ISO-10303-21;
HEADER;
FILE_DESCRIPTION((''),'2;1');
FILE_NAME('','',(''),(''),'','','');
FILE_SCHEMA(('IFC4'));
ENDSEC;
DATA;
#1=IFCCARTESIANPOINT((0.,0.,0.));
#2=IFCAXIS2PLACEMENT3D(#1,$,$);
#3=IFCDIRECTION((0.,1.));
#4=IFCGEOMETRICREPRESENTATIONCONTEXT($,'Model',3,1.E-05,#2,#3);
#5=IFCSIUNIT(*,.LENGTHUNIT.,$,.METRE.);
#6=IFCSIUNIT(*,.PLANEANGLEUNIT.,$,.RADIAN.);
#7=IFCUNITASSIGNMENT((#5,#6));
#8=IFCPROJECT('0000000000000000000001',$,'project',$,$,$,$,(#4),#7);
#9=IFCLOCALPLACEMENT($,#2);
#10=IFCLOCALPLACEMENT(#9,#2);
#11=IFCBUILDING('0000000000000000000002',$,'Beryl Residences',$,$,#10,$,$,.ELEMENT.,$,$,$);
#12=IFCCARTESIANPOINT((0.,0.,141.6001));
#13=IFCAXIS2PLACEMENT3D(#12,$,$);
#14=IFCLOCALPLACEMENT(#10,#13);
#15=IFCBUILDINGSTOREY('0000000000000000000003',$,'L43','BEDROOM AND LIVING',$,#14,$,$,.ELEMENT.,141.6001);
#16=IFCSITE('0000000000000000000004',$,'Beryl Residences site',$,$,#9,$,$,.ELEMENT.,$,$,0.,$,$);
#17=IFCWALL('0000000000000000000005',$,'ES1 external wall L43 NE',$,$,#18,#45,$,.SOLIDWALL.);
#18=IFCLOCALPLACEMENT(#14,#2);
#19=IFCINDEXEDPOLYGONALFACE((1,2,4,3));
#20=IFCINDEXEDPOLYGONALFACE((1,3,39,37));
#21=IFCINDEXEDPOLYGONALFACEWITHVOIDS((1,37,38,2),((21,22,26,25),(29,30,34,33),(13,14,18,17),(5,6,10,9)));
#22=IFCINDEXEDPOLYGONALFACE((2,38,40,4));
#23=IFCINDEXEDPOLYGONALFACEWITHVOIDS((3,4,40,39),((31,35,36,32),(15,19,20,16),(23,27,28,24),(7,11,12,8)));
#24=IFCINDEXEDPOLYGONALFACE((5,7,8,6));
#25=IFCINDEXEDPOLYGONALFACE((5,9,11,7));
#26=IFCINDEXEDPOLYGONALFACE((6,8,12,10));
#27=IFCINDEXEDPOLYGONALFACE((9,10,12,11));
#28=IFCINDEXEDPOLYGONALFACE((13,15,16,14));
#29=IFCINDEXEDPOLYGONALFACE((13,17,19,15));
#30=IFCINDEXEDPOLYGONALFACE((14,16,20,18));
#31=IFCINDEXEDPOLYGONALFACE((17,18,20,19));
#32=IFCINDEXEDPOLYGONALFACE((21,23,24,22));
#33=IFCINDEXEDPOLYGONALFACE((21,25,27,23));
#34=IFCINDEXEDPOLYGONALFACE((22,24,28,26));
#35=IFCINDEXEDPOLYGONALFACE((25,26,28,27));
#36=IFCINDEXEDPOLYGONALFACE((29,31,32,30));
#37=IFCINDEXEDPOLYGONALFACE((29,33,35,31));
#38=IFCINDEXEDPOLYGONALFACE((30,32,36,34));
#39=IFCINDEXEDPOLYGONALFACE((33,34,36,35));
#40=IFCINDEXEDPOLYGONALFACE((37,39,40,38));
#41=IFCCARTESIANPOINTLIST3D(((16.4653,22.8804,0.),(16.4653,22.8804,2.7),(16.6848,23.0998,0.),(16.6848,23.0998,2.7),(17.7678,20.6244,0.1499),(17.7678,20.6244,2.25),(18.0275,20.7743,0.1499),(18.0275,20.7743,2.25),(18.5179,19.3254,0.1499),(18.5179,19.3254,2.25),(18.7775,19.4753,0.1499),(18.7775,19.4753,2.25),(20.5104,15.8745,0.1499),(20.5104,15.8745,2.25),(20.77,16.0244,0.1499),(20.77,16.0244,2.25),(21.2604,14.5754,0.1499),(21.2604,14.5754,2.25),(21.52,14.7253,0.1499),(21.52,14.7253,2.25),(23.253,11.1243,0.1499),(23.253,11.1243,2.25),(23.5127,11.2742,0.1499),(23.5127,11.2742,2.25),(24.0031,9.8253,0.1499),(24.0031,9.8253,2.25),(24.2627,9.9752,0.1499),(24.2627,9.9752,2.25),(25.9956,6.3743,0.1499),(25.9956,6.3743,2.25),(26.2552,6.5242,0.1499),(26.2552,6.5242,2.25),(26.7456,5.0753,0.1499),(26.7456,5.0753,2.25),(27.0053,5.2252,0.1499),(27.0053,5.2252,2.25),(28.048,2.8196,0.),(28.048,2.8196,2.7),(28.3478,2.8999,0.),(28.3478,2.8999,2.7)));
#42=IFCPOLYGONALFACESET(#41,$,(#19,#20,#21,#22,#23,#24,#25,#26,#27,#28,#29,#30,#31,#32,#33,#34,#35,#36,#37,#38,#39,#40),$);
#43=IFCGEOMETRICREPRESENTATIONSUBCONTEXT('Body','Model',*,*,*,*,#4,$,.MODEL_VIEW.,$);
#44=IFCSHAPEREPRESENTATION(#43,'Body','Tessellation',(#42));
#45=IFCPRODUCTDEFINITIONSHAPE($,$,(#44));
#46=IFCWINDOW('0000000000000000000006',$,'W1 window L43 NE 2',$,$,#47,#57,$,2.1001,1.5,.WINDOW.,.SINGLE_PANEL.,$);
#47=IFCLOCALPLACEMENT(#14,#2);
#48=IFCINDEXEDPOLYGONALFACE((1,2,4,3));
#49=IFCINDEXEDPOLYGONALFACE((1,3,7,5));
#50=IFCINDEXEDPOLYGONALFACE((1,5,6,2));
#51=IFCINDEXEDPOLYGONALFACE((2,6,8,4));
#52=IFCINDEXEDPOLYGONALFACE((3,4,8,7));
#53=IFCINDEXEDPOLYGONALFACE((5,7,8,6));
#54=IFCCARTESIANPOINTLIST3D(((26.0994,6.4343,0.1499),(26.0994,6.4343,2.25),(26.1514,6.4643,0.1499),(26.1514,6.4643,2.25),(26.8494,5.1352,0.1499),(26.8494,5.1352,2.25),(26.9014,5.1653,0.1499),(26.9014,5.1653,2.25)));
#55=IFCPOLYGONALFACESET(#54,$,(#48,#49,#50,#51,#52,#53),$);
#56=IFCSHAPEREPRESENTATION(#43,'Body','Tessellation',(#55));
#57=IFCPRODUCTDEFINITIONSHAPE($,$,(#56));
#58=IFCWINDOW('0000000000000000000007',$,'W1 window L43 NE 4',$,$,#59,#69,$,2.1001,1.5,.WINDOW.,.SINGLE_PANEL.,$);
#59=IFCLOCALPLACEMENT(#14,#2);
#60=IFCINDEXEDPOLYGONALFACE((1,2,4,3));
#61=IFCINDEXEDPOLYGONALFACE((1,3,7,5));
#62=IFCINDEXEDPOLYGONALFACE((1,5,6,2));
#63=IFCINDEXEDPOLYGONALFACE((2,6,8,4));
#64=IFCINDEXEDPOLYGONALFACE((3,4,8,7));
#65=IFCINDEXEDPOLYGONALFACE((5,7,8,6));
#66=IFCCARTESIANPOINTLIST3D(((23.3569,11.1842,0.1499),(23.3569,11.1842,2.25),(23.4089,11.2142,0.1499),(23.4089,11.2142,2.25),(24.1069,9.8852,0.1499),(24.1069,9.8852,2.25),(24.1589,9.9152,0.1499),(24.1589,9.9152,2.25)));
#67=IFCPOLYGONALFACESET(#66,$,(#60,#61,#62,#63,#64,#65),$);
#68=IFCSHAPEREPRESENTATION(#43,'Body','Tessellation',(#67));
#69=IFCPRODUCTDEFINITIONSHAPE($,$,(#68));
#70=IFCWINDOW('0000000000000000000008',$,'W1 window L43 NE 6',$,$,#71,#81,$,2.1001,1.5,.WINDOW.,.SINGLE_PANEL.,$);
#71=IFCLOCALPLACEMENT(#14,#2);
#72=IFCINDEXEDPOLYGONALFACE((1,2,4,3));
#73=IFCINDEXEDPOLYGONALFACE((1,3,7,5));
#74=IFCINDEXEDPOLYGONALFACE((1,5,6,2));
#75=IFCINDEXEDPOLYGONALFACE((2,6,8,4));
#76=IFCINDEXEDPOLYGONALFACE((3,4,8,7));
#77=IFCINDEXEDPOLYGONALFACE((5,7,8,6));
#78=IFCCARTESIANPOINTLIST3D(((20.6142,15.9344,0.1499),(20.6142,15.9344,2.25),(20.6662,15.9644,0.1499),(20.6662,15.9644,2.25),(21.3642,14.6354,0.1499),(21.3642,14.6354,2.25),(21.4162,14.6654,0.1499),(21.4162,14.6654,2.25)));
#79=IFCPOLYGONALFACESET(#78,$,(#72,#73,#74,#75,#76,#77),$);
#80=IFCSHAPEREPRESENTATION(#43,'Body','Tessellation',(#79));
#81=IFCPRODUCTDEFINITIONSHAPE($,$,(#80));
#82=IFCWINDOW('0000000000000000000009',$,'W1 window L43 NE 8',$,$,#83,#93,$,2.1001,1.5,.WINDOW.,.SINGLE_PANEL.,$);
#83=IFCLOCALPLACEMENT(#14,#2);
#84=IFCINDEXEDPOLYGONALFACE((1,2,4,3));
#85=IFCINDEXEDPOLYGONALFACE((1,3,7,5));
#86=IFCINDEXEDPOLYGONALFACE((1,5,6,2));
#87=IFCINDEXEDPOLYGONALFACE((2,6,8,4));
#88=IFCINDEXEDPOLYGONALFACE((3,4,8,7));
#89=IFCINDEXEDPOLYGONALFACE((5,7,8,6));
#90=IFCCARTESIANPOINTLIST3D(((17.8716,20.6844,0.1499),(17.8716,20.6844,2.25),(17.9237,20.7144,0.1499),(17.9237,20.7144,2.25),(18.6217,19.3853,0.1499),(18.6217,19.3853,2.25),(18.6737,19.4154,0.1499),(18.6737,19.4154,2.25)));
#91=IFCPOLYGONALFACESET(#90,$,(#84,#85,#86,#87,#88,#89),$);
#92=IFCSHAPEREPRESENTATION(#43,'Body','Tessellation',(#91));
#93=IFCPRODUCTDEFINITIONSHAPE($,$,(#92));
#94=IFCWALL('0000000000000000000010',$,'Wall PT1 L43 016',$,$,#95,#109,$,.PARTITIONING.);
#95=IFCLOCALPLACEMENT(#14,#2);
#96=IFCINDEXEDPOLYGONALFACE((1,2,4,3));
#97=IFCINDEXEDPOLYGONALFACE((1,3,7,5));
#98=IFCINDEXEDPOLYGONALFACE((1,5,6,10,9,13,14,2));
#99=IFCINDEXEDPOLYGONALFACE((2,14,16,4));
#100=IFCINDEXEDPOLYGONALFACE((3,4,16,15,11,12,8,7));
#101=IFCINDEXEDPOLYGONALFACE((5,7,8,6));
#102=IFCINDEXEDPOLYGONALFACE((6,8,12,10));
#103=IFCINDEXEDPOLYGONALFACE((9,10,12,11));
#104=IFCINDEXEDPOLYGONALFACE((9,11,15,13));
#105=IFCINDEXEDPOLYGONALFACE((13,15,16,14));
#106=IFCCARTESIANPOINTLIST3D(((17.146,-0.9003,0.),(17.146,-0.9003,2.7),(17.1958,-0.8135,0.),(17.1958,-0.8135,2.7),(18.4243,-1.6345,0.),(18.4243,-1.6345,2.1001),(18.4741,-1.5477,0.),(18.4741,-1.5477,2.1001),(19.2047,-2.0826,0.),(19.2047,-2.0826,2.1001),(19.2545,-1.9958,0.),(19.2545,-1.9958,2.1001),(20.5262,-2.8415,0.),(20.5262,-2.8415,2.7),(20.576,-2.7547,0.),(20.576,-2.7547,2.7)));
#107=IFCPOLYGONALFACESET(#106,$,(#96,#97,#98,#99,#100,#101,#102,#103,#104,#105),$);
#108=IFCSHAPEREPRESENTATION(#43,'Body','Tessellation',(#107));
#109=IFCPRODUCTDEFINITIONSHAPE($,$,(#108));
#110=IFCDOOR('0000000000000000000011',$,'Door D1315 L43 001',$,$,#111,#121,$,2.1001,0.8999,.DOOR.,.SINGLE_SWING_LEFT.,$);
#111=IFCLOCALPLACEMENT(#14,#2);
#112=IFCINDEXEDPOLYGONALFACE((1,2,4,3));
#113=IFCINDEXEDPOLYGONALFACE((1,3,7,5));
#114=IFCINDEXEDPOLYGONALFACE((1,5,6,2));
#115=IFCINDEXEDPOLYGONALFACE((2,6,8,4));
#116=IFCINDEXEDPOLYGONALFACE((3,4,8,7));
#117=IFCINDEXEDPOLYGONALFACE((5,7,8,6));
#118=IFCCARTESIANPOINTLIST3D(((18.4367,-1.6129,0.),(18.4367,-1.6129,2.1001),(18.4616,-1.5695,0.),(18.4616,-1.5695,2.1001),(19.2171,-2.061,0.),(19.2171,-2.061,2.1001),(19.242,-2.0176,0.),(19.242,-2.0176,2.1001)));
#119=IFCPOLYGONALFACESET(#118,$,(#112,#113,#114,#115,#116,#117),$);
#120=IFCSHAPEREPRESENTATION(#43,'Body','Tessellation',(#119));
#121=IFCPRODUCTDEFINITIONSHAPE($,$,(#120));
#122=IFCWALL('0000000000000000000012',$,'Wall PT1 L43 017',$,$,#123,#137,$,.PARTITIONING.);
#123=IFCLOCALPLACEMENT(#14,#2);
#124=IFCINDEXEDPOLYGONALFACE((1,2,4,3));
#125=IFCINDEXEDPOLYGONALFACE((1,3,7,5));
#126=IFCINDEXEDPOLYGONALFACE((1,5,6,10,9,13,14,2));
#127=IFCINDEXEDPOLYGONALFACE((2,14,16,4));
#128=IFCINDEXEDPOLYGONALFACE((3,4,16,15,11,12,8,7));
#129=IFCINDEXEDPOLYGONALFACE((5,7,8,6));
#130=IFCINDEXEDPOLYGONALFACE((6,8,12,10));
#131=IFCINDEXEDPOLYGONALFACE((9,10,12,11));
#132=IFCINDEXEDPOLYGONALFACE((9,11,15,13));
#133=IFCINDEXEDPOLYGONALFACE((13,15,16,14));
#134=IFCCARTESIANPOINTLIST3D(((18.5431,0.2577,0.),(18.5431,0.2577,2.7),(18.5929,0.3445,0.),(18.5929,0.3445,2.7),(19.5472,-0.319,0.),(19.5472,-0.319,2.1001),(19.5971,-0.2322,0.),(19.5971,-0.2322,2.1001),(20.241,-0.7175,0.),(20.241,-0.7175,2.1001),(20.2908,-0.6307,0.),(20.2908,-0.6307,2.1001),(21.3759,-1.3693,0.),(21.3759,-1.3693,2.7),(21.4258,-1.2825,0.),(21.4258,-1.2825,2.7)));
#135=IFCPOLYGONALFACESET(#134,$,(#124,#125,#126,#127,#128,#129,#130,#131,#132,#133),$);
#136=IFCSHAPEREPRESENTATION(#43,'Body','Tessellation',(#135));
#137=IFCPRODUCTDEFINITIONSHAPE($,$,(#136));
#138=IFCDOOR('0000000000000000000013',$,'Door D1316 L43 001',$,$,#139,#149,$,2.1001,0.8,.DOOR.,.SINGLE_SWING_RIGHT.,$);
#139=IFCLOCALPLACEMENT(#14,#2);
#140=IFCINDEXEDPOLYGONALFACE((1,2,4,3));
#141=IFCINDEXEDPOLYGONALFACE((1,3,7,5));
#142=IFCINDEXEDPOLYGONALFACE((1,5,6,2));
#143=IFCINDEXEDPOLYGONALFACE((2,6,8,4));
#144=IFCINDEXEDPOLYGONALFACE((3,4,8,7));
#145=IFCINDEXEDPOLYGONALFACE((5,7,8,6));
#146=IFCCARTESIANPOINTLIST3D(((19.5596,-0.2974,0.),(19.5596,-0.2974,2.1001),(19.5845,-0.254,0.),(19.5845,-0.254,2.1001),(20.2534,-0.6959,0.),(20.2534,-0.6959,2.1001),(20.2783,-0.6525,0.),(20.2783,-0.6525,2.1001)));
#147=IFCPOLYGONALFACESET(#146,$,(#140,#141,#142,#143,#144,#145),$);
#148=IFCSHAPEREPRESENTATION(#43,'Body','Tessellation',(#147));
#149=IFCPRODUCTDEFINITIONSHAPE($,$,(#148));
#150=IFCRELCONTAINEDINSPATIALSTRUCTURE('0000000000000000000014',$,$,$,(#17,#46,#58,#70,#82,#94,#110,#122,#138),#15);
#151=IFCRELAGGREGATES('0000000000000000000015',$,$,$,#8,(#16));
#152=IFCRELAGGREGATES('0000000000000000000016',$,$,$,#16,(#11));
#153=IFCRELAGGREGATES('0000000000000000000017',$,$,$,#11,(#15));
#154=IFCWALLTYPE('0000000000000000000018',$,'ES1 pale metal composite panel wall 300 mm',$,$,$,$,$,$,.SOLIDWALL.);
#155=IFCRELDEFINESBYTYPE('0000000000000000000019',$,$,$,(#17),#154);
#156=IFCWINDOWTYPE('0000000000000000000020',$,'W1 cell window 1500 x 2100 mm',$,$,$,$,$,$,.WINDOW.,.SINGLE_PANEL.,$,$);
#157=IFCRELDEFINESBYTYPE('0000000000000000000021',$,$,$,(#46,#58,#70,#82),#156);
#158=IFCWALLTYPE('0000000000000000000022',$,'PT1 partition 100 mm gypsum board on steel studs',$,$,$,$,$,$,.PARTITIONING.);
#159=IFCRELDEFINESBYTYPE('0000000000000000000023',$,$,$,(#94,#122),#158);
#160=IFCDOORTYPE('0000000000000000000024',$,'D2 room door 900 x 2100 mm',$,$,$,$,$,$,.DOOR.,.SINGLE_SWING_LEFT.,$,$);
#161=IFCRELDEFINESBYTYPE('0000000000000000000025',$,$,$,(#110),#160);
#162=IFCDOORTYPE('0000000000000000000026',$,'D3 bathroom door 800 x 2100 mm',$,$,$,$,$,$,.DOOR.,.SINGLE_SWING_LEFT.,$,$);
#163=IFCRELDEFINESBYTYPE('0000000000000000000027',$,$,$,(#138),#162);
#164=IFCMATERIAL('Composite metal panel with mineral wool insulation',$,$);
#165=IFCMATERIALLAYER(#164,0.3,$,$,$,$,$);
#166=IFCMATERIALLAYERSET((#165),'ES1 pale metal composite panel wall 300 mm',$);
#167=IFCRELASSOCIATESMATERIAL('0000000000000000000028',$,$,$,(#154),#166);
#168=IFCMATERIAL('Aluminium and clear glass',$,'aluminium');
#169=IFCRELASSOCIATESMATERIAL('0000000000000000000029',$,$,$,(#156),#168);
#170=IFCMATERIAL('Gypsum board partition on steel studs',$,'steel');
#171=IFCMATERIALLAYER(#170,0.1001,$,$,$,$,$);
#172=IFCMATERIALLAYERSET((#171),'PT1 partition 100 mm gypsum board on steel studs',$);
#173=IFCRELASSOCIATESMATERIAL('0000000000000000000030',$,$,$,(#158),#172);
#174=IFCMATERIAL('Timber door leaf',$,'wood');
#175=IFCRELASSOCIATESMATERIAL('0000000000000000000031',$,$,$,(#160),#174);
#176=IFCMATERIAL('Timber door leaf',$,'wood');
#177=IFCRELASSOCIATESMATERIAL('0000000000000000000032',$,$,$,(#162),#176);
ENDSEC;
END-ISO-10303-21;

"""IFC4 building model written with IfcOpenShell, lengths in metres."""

from ifc_helpers import new_model, si_unit, direction, frame, frame_2d, origin, place, context, subcontext, project, spatial, polyline, rectangle, outline, extrude, material, layer, layer_set, type_object, element, fill, save


model = new_model("IFC4")

# Units and contexts
model_context = context("Model", 3, precision=1e-05, world=origin(), true_north=direction((0.0, 1.0)))
body_context = subcontext(model_context, "Body", "Model", "MODEL_VIEW")
ifc_project = project(units=[si_unit("LENGTHUNIT", "METRE"), si_unit("PLANEANGLEUNIT", "RADIAN")], contexts=[model_context])

# Site, building, storey
site_placement = place(None, origin())
site = spatial("IfcSite", under=ifc_project, at=site_placement, Name="Beryl Residences site", CompositionType="ELEMENT", RefElevation=0.0)
building_placement = place(site_placement, origin())
building = spatial("IfcBuilding", under=site, at=building_placement, Name="Beryl Residences", CompositionType="ELEMENT")
storey_placement = place(building_placement, frame((0.0, 0.0, 141.6001)))
storey = spatial("IfcBuildingStorey", under=building, at=storey_placement, Name="L43", Description="BEDROOM AND LIVING", CompositionType="ELEMENT", Elevation=141.6001)

# Shared definitions
ifc_material_1 = material(Name="Composite metal panel with mineral wool insulation")
ifc_layer_1 = layer(ifc_material_1, 0.3)
ifc_layer_set_1 = layer_set([ifc_layer_1], Name="ES1 pale metal composite panel wall 300 mm")
wall_type_1 = type_object("IfcWallType", Name="ES1 pale metal composite panel wall 300 mm", PredefinedType="SOLIDWALL", material=ifc_layer_set_1)

# Wall, openings, windows
wall_1_placement = place(storey_placement, frame((28.218, 2.825, 0.0), z_axis=(0.0, 0.0, 1.0), x_axis=(-0.500021, 0.866014, 0.0)))
wall_1 = element("IfcWall", 1, at=wall_1_placement, inside=storey, type_object=wall_type_1, Name="ES1 external wall L43 NE", PredefinedType="SOLIDWALL", context=body_context, shape_type="SweptSolid", body=[
    extrude(outline(polyline([(0.0, -0.1499), (23.3252, -0.1499), (23.2449, 0.1499), (0.0803, 0.1499), (0.0, -0.1499)])), origin(), (0.0, 0.0, 1.0), 2.7),
])
opening_1_placement = place(wall_1_placement, frame((2.6851, 0.0, 0.1499)))
opening_1 = element("IfcOpeningElement", 2, at=opening_1_placement, cuts=wall_1, PredefinedType="OPENING", context=body_context, shape_type="SweptSolid", body=[
    extrude(rectangle(XDim=1.5, YDim=2.1001, at=frame_2d((0.75, 1.05))), frame((0.0, 0.1599, 0.0), z_axis=(0.0, -1.0, 0.0), x_axis=(1.0, 0.0, 0.0)), (0.0, 0.0, 1.0), 0.3201),
])
opening_2_placement = place(wall_1_placement, frame((8.1699, 0.0, 0.1499)))
opening_2 = element("IfcOpeningElement", 3, at=opening_2_placement, cuts=wall_1, PredefinedType="OPENING", context=body_context, shape_type="SweptSolid", body=[
    extrude(rectangle(XDim=1.5, YDim=2.1001, at=frame_2d((0.75, 1.05))), frame((0.0, 0.1599, 0.0), z_axis=(0.0, -1.0, 0.0), x_axis=(1.0, 0.0, 0.0)), (0.0, 0.0, 1.0), 0.3201),
])
opening_3_placement = place(wall_1_placement, frame((13.655, 0.0, 0.1499)))
opening_3 = element("IfcOpeningElement", 4, at=opening_3_placement, cuts=wall_1, PredefinedType="OPENING", context=body_context, shape_type="SweptSolid", body=[
    extrude(rectangle(XDim=1.5, YDim=2.1001, at=frame_2d((0.75, 1.05))), frame((0.0, 0.1599, 0.0), z_axis=(0.0, -1.0, 0.0), x_axis=(1.0, 0.0, 0.0)), (0.0, 0.0, 1.0), 0.3201),
])
opening_4_placement = place(wall_1_placement, frame((19.1399, 0.0, 0.1499)))
opening_4 = element("IfcOpeningElement", 5, at=opening_4_placement, cuts=wall_1, PredefinedType="OPENING", context=body_context, shape_type="SweptSolid", body=[
    extrude(rectangle(XDim=1.5, YDim=2.1001, at=frame_2d((0.75, 1.05))), frame((0.0, 0.1599, 0.0), z_axis=(0.0, -1.0, 0.0), x_axis=(1.0, 0.0, 0.0)), (0.0, 0.0, 1.0), 0.3201),
])
ifc_material_2 = material(Name="Aluminium and clear glass", Category="aluminium")
window_type_1 = type_object("IfcWindowType", Name="W1 cell window 1500 x 2100 mm", PartitioningType="SINGLE_PANEL", PredefinedType="WINDOW", material=ifc_material_2)
window_1_placement = place(opening_1_placement, origin())
window_1 = element("IfcWindow", 6, at=window_1_placement, inside=storey, type_object=window_type_1, Name="W1 window L43 NE 2", OverallHeight=2.1001, OverallWidth=1.5, PartitioningType="SINGLE_PANEL", PredefinedType="WINDOW", context=body_context, shape_type="SweptSolid", body=[
    extrude(rectangle(XDim=1.5, YDim=2.1001, at=frame_2d((0.75, 1.05))), frame((0.0, 0.03, 0.0), z_axis=(0.0, -1.0, 0.0), x_axis=(1.0, 0.0, 0.0)), (0.0, 0.0, 1.0), 0.0601),
])
fill(opening_1, window_1)
window_2_placement = place(opening_2_placement, origin())
window_2 = element("IfcWindow", 7, at=window_2_placement, inside=storey, type_object=window_type_1, Name="W1 window L43 NE 4", OverallHeight=2.1001, OverallWidth=1.5, PartitioningType="SINGLE_PANEL", PredefinedType="WINDOW", context=body_context, shape_type="SweptSolid", body=[
    extrude(rectangle(XDim=1.5, YDim=2.1001, at=frame_2d((0.75, 1.05))), frame((0.0, 0.03, 0.0), z_axis=(0.0, -1.0, 0.0), x_axis=(1.0, 0.0, 0.0)), (0.0, 0.0, 1.0), 0.0601),
])
fill(opening_2, window_2)
window_3_placement = place(opening_3_placement, origin())
window_3 = element("IfcWindow", 8, at=window_3_placement, inside=storey, type_object=window_type_1, Name="W1 window L43 NE 6", OverallHeight=2.1001, OverallWidth=1.5, PartitioningType="SINGLE_PANEL", PredefinedType="WINDOW", context=body_context, shape_type="SweptSolid", body=[
    extrude(rectangle(XDim=1.5, YDim=2.1001, at=frame_2d((0.75, 1.05))), frame((0.0, 0.03, 0.0), z_axis=(0.0, -1.0, 0.0), x_axis=(1.0, 0.0, 0.0)), (0.0, 0.0, 1.0), 0.0601),
])
fill(opening_3, window_3)
window_4_placement = place(opening_4_placement, origin())
window_4 = element("IfcWindow", 9, at=window_4_placement, inside=storey, type_object=window_type_1, Name="W1 window L43 NE 8", OverallHeight=2.1001, OverallWidth=1.5, PartitioningType="SINGLE_PANEL", PredefinedType="WINDOW", context=body_context, shape_type="SweptSolid", body=[
    extrude(rectangle(XDim=1.5, YDim=2.1001, at=frame_2d((0.75, 1.05))), frame((0.0, 0.03, 0.0), z_axis=(0.0, -1.0, 0.0), x_axis=(1.0, 0.0, 0.0)), (0.0, 0.0, 1.0), 0.0601),
])
fill(opening_4, window_4)

# Walls, openings, doors
ifc_material_3 = material(Name="Gypsum board partition on steel studs", Category="steel")
ifc_layer_2 = layer(ifc_material_3, 0.1001)
ifc_layer_set_2 = layer_set([ifc_layer_2], Name="PT1 partition 100 mm gypsum board on steel studs")
wall_type_2 = type_object("IfcWallType", Name="PT1 partition 100 mm gypsum board on steel studs", PredefinedType="PARTITIONING", material=ifc_layer_set_2)
wall_2_placement = place(storey_placement, frame((17.1709, -0.8569, 0.0), z_axis=(0.0, 0.0, 1.0), x_axis=(0.867173, -0.498006, 0.0)))
wall_2 = element("IfcWall", 10, at=wall_2_placement, inside=storey, type_object=wall_type_2, Name="Wall PT1 L43 016", PredefinedType="PARTITIONING", context=body_context, shape_type="SweptSolid", body=[
    extrude(rectangle(XDim=3.8979, YDim=0.1001, at=frame_2d((1.949, 0.0))), origin(), (0.0, 0.0, 1.0), 2.7),
])
opening_5_placement = place(wall_2_placement, frame((1.4741, 0.0, 0.0)))
opening_5 = element("IfcOpeningElement", 11, at=opening_5_placement, cuts=wall_2, PredefinedType="OPENING", context=body_context, shape_type="SweptSolid", body=[
    extrude(rectangle(XDim=0.8999, YDim=2.1001, at=frame_2d((0.45, 1.05))), frame((0.0, 0.0601, 0.0), z_axis=(0.0, -1.0, 0.0), x_axis=(1.0, 0.0, 0.0)), (0.0, 0.0, 1.0), 0.1201),
])
ifc_material_4 = material(Name="Timber door leaf", Category="wood")
door_type_1 = type_object("IfcDoorType", Name="D2 room door 900 x 2100 mm", OperationType="SINGLE_SWING_LEFT", PredefinedType="DOOR", material=ifc_material_4)
door_1_placement = place(opening_5_placement, origin())
door_1 = element("IfcDoor", 12, at=door_1_placement, inside=storey, type_object=door_type_1, Name="Door D1315 L43 001", OperationType="SINGLE_SWING_LEFT", OverallHeight=2.1001, OverallWidth=0.8999, PredefinedType="DOOR", context=body_context, shape_type="SweptSolid", body=[
    extrude(rectangle(XDim=0.8999, YDim=2.1001, at=frame_2d((0.45, 1.05))), frame((0.0, 0.0249, 0.0), z_axis=(0.0, -1.0, 0.0), x_axis=(1.0, 0.0, 0.0)), (0.0, 0.0, 1.0), 0.05),
])
fill(opening_5, door_1)
wall_3_placement = place(storey_placement, frame((18.5681, 0.301, 0.0), z_axis=(0.0, 0.0, 1.0), x_axis=(0.867156, -0.498037, 0.0)))
wall_3 = element("IfcWall", 13, at=wall_3_placement, inside=storey, type_object=wall_type_2, Name="Wall PT1 L43 017", PredefinedType="PARTITIONING", context=body_context, shape_type="SweptSolid", body=[
    extrude(rectangle(XDim=3.2668, YDim=0.1001, at=frame_2d((1.6333, 0.0))), origin(), (0.0, 0.0, 1.0), 2.7),
])
opening_6_placement = place(wall_3_placement, frame((1.158, 0.0, 0.0)))
opening_6 = element("IfcOpeningElement", 14, at=opening_6_placement, cuts=wall_3, PredefinedType="OPENING", context=body_context, shape_type="SweptSolid", body=[
    extrude(rectangle(XDim=0.8, YDim=2.1001, at=frame_2d((0.3999, 1.05))), frame((0.0, 0.0601, 0.0), z_axis=(0.0, -1.0, 0.0), x_axis=(1.0, 0.0, 0.0)), (0.0, 0.0, 1.0), 0.1201),
])
ifc_material_5 = material(Name="Timber door leaf", Category="wood")
door_type_2 = type_object("IfcDoorType", Name="D3 bathroom door 800 x 2100 mm", OperationType="SINGLE_SWING_LEFT", PredefinedType="DOOR", material=ifc_material_5)
door_2_placement = place(opening_6_placement, origin())
door_2 = element("IfcDoor", 15, at=door_2_placement, inside=storey, type_object=door_type_2, Name="Door D1316 L43 001", OperationType="SINGLE_SWING_RIGHT", OverallHeight=2.1001, OverallWidth=0.8, PredefinedType="DOOR", context=body_context, shape_type="SweptSolid", body=[
    extrude(rectangle(XDim=0.8, YDim=2.1001, at=frame_2d((0.3999, 1.05))), frame((0.0, 0.0249, 0.0), z_axis=(0.0, -1.0, 0.0), x_axis=(1.0, 0.0, 0.0)), (0.0, 0.0, 1.0), 0.05),
])
fill(opening_6, door_2)

save(model, "model.ifc")
